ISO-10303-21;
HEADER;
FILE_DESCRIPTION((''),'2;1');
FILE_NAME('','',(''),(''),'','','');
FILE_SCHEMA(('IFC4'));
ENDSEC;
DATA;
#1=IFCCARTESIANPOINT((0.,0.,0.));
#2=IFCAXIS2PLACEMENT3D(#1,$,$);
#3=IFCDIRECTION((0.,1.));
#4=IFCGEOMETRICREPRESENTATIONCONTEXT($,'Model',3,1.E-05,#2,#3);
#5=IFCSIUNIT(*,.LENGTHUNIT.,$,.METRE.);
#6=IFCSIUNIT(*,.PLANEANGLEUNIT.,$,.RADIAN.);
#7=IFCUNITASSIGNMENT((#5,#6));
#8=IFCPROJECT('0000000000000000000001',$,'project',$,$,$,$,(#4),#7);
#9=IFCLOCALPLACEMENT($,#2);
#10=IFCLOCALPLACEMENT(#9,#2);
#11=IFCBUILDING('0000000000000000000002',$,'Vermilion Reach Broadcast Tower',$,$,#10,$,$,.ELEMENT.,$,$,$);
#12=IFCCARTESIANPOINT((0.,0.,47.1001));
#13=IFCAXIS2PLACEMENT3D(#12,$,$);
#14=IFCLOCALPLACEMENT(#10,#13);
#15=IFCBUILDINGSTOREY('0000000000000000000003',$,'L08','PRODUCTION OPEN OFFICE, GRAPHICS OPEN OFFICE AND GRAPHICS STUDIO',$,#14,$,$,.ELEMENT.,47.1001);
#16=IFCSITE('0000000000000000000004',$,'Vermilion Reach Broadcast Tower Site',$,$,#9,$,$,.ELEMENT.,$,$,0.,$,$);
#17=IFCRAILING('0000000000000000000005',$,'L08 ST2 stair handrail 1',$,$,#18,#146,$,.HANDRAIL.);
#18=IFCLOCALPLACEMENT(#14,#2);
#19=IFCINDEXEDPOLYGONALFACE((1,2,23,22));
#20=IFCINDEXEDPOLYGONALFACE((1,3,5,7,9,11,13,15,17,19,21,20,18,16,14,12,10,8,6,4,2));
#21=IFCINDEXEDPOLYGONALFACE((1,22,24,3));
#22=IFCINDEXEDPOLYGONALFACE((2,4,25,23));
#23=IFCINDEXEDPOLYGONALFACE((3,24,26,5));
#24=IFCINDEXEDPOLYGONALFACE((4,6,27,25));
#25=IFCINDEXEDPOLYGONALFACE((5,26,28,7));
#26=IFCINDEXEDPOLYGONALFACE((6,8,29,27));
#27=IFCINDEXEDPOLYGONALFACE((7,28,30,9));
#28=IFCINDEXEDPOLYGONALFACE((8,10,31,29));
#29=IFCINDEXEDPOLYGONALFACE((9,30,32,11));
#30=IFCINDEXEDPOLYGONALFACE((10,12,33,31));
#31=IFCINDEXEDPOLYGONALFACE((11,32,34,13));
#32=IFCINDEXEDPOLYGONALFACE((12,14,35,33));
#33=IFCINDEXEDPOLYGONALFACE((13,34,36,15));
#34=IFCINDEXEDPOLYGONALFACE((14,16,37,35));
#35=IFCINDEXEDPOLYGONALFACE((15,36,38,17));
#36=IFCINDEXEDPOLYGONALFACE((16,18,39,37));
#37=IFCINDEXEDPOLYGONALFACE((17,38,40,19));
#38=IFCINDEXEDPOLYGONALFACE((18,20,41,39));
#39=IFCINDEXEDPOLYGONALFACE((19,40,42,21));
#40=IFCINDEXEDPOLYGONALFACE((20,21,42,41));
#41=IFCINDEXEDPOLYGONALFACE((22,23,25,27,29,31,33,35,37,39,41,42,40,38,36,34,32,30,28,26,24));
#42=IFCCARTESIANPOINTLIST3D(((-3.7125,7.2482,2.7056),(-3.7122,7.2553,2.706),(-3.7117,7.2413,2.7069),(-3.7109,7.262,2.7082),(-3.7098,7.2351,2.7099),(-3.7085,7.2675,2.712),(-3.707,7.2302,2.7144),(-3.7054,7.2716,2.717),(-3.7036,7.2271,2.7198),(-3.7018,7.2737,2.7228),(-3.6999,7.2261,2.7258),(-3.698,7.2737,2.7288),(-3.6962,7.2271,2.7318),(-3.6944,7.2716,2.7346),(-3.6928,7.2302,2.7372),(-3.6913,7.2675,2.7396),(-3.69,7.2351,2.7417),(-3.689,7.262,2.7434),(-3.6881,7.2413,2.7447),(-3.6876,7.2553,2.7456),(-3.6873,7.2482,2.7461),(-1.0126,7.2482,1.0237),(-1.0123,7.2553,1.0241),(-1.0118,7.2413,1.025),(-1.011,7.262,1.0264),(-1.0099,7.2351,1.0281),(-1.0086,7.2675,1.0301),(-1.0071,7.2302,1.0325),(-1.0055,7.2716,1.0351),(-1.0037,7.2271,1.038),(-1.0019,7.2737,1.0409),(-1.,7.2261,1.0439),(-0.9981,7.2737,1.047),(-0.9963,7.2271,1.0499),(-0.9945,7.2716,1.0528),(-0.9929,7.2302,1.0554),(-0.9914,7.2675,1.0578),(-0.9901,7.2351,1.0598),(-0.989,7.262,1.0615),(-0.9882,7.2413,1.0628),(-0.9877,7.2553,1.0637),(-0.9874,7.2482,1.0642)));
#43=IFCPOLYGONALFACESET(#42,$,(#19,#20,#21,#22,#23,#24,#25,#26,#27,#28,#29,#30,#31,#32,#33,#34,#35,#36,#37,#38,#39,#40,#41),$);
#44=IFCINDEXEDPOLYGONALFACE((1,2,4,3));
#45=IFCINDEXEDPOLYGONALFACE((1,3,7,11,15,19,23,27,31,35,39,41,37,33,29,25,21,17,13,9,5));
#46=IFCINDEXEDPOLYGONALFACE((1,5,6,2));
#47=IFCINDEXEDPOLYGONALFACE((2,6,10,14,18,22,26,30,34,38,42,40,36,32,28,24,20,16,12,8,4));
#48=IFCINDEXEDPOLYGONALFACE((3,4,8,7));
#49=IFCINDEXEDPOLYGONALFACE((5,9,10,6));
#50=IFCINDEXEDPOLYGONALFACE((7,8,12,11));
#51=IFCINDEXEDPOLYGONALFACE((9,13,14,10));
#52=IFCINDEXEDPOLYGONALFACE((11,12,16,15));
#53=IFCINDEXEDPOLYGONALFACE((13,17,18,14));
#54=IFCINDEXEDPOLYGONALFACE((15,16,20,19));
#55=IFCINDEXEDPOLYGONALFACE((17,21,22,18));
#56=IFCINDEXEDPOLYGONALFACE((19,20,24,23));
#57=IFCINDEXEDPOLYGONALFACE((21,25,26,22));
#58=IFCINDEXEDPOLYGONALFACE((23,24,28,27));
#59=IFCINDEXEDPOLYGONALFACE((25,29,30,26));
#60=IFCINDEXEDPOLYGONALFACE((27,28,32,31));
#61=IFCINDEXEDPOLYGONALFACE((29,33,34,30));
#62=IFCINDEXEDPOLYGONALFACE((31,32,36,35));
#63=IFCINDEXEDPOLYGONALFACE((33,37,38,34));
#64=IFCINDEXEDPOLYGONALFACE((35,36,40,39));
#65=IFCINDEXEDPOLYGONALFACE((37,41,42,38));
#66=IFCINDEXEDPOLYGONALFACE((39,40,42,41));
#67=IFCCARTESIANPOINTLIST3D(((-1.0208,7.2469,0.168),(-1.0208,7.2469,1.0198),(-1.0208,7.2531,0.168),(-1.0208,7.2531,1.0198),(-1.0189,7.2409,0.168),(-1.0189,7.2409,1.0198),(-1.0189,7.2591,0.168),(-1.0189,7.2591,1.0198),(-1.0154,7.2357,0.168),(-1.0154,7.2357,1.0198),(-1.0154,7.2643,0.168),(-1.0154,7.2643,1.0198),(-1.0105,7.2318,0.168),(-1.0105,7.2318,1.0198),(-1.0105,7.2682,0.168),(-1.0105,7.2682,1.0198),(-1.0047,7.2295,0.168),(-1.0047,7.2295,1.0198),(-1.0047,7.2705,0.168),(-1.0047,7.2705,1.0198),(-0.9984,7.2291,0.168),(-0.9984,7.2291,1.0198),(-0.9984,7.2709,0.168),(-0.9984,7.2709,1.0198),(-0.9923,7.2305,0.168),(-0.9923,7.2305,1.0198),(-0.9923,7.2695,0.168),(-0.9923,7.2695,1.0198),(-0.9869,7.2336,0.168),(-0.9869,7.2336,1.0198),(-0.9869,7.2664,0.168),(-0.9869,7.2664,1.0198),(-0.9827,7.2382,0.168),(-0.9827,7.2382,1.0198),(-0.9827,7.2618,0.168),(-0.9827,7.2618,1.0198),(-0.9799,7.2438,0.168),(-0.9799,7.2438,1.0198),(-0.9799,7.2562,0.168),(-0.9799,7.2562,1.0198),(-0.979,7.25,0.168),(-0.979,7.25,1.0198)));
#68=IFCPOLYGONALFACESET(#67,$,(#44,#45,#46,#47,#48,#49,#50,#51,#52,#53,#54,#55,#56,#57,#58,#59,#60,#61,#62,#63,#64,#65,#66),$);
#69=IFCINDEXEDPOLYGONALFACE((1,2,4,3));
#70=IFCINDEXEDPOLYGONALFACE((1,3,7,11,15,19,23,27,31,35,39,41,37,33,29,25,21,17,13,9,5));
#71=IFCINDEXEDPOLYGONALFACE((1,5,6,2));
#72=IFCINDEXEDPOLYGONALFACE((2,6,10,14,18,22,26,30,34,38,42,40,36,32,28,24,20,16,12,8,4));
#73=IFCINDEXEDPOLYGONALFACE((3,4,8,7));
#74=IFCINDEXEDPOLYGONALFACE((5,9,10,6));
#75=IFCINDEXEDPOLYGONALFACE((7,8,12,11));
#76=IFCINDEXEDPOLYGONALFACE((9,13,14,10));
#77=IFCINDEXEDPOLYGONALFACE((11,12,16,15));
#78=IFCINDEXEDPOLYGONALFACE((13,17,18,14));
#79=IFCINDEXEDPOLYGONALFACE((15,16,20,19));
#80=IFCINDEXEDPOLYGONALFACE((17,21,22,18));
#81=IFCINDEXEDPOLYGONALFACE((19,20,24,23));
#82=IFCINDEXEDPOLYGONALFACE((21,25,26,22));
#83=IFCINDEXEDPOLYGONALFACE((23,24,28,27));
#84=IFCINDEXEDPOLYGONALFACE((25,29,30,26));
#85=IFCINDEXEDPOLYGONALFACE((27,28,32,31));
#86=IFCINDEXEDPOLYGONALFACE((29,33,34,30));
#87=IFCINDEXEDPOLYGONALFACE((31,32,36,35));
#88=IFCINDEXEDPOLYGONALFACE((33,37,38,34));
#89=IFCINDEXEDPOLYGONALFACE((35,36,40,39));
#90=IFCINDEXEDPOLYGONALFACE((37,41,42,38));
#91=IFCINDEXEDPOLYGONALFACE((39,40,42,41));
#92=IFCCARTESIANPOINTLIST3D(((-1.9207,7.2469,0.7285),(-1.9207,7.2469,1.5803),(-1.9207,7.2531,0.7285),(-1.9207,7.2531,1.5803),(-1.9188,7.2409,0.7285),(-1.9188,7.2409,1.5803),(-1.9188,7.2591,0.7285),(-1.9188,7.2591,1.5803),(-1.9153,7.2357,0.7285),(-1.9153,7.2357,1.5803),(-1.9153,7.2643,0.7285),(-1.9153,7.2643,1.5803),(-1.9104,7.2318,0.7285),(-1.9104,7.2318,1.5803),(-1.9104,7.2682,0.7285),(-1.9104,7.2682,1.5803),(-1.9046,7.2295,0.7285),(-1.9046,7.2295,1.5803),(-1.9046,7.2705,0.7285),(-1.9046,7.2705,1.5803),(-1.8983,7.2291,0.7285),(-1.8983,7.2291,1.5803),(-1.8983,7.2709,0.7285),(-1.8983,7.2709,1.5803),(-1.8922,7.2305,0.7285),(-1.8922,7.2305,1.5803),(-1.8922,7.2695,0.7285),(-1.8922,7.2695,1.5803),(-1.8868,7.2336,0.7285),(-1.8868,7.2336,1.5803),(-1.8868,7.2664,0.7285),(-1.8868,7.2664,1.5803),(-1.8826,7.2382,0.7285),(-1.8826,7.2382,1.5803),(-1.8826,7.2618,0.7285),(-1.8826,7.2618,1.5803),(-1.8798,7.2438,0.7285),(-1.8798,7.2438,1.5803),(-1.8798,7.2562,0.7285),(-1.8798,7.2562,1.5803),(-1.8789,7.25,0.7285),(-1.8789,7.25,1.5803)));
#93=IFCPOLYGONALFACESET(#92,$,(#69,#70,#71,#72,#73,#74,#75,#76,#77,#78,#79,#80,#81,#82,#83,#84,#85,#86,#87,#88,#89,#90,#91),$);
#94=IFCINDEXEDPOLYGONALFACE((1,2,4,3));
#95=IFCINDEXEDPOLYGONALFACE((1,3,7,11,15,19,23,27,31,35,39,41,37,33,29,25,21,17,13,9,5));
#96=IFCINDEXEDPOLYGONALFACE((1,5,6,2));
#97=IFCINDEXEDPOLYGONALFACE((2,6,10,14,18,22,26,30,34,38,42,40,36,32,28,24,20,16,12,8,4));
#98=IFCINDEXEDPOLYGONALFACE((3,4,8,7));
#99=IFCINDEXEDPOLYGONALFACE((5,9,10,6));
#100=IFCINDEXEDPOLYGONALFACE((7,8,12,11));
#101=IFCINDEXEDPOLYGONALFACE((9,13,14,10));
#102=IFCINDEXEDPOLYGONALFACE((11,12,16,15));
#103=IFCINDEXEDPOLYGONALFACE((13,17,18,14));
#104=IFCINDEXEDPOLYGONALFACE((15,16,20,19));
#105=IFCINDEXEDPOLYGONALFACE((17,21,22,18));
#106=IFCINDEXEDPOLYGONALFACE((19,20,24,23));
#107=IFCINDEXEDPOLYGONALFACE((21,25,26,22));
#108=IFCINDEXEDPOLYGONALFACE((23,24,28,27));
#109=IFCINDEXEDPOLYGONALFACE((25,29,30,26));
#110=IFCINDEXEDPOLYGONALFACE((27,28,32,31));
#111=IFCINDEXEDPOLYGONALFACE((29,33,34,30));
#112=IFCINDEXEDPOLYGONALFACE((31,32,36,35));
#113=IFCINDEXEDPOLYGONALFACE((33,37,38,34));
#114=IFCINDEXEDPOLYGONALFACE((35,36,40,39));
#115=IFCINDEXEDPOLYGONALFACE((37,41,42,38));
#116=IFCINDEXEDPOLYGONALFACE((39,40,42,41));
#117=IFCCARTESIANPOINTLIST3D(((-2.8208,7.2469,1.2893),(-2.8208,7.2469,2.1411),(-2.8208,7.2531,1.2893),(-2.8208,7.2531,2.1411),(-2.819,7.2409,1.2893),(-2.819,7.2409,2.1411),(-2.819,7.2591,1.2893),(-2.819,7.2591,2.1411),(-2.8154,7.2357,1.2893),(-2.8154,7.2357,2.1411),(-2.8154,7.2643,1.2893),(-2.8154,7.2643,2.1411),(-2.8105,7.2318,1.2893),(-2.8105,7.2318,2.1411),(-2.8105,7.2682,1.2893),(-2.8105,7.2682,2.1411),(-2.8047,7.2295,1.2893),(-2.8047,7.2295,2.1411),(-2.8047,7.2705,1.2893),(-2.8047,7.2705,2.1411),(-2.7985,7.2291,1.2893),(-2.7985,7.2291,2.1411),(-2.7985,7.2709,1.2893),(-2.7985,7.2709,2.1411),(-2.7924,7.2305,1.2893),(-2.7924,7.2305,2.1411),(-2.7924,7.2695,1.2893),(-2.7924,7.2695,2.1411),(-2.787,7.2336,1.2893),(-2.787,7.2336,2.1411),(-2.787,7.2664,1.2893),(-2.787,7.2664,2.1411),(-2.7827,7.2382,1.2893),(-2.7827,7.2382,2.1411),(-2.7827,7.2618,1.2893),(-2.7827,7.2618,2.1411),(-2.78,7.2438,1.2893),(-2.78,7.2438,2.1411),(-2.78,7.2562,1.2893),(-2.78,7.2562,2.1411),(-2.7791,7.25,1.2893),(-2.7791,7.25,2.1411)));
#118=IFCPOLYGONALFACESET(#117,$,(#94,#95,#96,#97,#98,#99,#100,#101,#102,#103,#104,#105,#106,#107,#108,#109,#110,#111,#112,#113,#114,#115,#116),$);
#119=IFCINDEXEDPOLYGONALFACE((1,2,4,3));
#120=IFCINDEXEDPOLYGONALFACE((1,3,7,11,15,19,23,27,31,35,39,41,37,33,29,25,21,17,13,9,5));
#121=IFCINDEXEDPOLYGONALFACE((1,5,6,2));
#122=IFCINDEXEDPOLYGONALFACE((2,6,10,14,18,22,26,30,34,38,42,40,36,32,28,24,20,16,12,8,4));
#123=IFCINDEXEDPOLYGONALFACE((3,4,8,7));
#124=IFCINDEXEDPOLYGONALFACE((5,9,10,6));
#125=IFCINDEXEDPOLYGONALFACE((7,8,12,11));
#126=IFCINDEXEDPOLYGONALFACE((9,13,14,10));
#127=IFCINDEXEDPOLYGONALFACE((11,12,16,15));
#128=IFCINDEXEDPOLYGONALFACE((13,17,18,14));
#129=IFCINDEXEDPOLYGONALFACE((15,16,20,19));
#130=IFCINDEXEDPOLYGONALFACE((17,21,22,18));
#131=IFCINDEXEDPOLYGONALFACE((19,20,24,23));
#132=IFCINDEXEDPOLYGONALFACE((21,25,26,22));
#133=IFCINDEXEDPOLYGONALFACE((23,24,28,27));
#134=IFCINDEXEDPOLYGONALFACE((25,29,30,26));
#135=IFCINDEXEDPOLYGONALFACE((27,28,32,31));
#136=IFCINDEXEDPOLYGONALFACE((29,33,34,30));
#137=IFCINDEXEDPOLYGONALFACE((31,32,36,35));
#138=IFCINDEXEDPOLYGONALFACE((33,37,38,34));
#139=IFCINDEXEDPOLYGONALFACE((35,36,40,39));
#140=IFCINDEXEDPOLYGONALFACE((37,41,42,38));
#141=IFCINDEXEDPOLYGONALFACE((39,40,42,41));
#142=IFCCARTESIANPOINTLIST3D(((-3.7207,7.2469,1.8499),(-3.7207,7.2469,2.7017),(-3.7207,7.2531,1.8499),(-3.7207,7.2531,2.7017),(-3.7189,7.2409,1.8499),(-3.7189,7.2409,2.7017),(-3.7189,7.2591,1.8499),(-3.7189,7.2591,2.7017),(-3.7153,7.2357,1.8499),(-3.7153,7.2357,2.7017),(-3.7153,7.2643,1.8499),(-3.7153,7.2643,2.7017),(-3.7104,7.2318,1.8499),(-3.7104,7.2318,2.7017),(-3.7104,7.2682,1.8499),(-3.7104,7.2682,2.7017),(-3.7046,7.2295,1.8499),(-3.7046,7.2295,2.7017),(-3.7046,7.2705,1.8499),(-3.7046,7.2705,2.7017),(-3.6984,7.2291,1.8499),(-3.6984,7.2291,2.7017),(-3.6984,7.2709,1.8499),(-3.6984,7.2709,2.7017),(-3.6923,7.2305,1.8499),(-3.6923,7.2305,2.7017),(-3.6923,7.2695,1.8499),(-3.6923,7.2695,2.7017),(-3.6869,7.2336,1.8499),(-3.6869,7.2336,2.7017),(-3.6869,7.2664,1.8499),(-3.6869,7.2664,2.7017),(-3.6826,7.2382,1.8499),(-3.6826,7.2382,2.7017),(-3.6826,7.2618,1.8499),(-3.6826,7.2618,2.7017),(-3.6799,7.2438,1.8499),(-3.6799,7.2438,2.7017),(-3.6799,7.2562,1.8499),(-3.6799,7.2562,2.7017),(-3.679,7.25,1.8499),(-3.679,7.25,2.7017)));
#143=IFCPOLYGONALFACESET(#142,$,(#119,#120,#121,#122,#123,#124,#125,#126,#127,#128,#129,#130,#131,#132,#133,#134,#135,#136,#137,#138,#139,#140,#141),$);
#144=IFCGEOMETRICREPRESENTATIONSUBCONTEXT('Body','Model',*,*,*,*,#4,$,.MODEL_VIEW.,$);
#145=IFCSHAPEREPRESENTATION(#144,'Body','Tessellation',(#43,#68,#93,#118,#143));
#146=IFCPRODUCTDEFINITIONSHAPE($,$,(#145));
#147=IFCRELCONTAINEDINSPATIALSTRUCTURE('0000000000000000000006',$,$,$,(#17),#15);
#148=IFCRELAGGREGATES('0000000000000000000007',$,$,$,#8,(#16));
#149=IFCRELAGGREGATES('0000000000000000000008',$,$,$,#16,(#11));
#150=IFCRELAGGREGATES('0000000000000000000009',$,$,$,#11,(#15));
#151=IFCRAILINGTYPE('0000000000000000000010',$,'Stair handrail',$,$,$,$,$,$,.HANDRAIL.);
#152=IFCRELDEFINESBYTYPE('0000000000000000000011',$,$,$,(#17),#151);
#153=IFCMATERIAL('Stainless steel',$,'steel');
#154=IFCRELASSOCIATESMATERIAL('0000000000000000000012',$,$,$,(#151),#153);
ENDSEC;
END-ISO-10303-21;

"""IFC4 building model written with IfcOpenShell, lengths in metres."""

from ifc_helpers import new_model, si_unit, direction, frame, origin, origin_2d, place, context, subcontext, project, spatial, circle, extrude, material, type_object, element, save


model = new_model("IFC4")

# Units and contexts
model_context = context("Model", 3, precision=1e-05, world=origin(), true_north=direction((0.0, 1.0)))
body_context = subcontext(model_context, "Body", "Model", "MODEL_VIEW")
ifc_project = project(units=[si_unit("LENGTHUNIT", "METRE"), si_unit("PLANEANGLEUNIT", "RADIAN")], contexts=[model_context])

# Site, building, storey
site_placement = place(None, origin())
site = spatial("IfcSite", under=ifc_project, at=site_placement, Name="Vermilion Reach Broadcast Tower Site", CompositionType="ELEMENT", RefElevation=0.0)
building_placement = place(site_placement, origin())
building = spatial("IfcBuilding", under=site, at=building_placement, Name="Vermilion Reach Broadcast Tower", CompositionType="ELEMENT")
storey_placement = place(building_placement, frame((0.0, 0.0, 47.1001)))
storey = spatial("IfcBuildingStorey", under=building, at=storey_placement, Name="L08", Description="PRODUCTION OPEN OFFICE, GRAPHICS OPEN OFFICE AND GRAPHICS STUDIO", CompositionType="ELEMENT", Elevation=47.1001)

# Railing
ifc_material_1 = material(Name="Stainless steel", Category="steel")
railing_type_1 = type_object("IfcRailingType", Name="Stair handrail", PredefinedType="HANDRAIL", material=ifc_material_1)
railing_1_placement = place(storey_placement, frame((-1.0, 7.25, 0.168)))
element("IfcRailing", 1, at=railing_1_placement, inside=storey, type_object=railing_type_1, Name="L08 ST2 stair handrail 1", PredefinedType="HANDRAIL", context=body_context, shape_type="SweptSolid", body=[
    extrude(circle(Radius=0.0239, at=origin_2d()), frame((0.0, 0.0, 0.876), z_axis=(-0.848786, 0.0, 0.528736), x_axis=(0.0, -1.0, 0.0)), (0.0, 0.0, 1.0), 3.1809),
    extrude(circle(Radius=0.021, at=origin_2d()), origin(), (0.0, 0.0, 1.0), 0.8518),
    extrude(circle(Radius=0.021, at=origin_2d()), frame((-0.8999, 0.0, 0.5605)), (0.0, 0.0, 1.0), 0.8518),
    extrude(circle(Radius=0.021, at=origin_2d()), frame((-1.8, 0.0, 1.1213)), (0.0, 0.0, 1.0), 0.8518),
    extrude(circle(Radius=0.021, at=origin_2d()), frame((-2.7, 0.0, 1.6819)), (0.0, 0.0, 1.0), 0.8518),
])

save(model, "model.ifc")
